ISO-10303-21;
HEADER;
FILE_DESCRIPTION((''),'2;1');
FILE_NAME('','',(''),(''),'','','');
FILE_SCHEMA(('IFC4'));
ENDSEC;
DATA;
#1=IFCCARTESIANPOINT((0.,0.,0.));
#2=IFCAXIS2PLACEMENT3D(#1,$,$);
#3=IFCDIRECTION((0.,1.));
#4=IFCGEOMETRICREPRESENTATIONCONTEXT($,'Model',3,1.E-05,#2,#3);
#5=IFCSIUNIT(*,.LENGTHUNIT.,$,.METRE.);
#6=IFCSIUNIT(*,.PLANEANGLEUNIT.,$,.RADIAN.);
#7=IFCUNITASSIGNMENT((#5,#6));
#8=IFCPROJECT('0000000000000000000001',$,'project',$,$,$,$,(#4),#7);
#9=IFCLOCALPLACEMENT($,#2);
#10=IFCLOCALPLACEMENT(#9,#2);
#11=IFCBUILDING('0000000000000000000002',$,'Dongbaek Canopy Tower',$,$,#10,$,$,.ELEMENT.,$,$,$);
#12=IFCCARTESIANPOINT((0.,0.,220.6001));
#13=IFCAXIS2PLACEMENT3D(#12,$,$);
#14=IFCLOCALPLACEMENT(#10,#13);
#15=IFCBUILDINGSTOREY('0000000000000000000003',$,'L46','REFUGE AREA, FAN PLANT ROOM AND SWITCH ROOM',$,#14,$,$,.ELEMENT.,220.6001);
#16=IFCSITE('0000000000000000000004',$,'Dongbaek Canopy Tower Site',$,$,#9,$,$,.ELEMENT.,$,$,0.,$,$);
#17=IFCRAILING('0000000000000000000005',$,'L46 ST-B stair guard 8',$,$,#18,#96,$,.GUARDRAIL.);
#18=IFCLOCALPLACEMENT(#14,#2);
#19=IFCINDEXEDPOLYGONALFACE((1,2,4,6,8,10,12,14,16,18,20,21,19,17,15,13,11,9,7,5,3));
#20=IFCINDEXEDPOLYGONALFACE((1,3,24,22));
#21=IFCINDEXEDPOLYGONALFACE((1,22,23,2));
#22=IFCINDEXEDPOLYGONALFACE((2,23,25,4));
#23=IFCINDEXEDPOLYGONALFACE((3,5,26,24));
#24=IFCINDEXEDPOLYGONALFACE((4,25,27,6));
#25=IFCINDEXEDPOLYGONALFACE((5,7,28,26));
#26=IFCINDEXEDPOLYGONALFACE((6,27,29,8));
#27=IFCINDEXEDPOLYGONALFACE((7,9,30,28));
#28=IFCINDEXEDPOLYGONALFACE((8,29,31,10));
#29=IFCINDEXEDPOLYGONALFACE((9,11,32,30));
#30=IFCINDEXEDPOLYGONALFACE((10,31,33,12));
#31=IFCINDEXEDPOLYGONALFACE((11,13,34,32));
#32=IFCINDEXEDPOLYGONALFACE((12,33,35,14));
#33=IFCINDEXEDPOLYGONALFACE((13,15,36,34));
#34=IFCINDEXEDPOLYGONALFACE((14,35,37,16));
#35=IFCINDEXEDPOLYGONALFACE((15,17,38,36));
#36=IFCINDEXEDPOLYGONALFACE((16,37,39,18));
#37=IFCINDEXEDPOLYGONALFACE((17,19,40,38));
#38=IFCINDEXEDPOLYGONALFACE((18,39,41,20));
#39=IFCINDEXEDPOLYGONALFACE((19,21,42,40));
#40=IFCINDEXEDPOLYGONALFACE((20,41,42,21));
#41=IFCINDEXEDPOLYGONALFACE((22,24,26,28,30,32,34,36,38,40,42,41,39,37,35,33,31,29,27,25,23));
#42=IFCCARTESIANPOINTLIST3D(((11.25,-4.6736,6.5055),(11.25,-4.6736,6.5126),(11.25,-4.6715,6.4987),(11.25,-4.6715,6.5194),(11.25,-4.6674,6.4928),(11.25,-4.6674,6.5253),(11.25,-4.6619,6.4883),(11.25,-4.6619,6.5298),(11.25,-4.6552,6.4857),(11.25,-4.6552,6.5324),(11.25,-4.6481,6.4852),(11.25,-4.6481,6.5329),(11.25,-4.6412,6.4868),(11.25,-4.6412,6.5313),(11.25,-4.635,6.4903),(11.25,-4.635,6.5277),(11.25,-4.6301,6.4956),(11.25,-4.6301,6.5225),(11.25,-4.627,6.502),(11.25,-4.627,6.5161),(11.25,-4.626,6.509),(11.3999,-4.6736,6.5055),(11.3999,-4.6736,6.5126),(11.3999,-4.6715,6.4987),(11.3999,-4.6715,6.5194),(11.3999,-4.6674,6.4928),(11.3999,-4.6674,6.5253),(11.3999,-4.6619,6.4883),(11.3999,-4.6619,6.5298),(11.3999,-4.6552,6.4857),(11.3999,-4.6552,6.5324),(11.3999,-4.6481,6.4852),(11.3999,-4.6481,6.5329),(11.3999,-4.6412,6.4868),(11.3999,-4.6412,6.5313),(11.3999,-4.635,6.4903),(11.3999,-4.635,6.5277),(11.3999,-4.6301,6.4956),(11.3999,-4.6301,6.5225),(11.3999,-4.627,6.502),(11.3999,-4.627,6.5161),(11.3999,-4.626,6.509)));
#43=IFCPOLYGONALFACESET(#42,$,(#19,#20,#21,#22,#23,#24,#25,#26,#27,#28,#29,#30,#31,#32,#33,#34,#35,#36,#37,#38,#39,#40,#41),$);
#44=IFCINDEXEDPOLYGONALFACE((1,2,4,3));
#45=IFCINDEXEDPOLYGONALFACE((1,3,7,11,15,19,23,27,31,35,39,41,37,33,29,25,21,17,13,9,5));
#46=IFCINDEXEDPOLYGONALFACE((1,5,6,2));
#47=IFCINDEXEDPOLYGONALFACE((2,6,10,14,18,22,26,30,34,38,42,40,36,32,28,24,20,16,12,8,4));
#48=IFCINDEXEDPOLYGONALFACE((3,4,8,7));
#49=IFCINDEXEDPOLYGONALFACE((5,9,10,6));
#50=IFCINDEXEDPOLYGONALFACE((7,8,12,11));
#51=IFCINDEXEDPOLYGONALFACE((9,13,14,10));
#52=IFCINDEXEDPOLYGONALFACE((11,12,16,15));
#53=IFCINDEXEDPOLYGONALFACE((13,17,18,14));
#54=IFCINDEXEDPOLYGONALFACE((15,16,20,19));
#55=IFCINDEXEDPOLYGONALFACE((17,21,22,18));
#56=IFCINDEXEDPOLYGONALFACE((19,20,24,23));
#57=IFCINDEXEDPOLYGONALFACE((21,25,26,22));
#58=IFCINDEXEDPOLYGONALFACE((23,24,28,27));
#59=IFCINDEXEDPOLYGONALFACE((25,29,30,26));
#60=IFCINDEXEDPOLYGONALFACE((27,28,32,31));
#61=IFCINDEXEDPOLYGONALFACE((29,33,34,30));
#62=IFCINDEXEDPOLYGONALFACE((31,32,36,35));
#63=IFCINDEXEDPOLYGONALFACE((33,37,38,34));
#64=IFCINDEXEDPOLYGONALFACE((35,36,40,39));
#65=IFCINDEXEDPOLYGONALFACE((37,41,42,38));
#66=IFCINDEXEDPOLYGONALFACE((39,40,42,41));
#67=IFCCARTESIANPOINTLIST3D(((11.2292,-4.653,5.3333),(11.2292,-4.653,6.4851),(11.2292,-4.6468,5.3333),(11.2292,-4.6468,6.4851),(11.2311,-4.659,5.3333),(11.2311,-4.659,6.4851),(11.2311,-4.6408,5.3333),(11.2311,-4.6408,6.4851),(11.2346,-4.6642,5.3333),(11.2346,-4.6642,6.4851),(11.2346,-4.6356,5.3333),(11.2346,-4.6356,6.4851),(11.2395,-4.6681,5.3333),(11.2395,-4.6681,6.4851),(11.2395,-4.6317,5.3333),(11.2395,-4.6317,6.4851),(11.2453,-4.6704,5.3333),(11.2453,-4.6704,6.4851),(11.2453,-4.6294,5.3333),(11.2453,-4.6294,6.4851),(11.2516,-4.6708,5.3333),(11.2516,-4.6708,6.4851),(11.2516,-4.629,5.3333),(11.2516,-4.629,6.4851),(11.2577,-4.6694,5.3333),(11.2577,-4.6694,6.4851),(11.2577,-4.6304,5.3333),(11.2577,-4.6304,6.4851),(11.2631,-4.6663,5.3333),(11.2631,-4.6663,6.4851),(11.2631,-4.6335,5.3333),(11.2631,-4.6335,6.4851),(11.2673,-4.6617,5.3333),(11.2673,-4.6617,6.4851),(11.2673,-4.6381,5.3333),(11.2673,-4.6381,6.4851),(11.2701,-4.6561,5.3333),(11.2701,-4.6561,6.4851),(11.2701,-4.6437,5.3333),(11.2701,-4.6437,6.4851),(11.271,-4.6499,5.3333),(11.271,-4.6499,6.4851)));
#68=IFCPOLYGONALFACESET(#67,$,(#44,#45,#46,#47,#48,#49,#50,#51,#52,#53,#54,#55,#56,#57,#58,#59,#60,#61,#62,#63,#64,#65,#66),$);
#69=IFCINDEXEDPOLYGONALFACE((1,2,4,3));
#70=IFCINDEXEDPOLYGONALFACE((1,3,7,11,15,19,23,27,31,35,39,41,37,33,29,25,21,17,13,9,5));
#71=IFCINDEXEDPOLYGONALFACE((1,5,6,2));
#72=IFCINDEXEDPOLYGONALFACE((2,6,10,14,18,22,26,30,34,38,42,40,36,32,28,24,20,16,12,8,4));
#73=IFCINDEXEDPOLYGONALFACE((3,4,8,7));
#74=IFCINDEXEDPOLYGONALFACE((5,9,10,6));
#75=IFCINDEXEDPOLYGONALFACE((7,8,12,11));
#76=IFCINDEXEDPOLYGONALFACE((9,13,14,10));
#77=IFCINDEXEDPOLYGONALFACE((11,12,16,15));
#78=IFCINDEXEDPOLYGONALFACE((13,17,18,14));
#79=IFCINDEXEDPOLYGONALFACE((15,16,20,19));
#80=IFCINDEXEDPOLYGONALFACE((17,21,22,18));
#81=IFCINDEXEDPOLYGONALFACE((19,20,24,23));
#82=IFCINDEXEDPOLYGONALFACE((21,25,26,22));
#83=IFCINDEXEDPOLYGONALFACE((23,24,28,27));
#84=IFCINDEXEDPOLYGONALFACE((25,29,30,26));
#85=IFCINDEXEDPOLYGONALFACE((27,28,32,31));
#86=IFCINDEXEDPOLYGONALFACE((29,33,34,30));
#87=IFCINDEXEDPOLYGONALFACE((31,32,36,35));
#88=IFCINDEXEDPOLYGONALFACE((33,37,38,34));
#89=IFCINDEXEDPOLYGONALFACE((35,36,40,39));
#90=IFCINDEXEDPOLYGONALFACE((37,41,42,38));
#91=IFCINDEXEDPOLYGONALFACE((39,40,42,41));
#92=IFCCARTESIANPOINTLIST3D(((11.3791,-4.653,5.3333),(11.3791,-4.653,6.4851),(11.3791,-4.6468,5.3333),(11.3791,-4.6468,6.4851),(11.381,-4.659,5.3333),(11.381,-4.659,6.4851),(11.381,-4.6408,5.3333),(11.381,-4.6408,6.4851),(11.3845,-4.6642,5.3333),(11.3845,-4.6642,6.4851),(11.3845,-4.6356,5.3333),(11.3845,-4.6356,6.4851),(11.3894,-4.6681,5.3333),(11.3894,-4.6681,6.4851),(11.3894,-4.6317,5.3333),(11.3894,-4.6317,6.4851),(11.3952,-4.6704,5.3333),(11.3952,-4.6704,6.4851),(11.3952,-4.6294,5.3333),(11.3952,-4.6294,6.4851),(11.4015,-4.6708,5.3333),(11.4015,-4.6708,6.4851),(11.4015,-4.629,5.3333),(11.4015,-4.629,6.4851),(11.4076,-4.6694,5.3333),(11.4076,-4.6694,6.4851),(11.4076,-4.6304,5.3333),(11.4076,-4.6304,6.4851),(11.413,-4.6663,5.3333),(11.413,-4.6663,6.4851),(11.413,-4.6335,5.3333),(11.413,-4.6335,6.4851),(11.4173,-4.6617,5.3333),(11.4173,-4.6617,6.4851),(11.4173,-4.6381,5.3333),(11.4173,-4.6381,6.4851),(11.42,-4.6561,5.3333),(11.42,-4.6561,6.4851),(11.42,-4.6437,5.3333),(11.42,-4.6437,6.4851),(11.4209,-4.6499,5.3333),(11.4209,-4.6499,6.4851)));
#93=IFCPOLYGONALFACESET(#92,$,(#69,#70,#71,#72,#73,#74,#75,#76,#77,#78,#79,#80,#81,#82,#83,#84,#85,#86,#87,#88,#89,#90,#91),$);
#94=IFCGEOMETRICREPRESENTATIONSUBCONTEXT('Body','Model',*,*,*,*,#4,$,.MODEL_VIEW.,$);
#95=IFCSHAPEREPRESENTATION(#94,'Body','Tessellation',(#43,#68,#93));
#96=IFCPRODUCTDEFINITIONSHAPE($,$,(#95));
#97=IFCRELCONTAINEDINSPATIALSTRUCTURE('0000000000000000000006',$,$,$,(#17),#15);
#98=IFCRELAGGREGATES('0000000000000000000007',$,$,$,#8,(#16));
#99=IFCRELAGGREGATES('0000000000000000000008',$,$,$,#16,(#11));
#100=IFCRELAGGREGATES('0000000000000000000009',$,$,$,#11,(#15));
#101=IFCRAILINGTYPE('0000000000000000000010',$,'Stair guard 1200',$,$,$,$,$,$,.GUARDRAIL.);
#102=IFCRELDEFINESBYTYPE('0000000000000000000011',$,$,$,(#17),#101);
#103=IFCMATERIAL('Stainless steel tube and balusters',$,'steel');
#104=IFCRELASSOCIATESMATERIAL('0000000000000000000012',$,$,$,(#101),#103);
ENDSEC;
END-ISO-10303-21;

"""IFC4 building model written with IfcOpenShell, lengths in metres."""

from ifc_helpers import new_model, si_unit, direction, frame, origin, origin_2d, place, context, subcontext, project, spatial, circle, extrude, material, type_object, element, save


model = new_model("IFC4")

# Units and contexts
model_context = context("Model", 3, precision=1e-05, world=origin(), true_north=direction((0.0, 1.0)))
body_context = subcontext(model_context, "Body", "Model", "MODEL_VIEW")
ifc_project = project(units=[si_unit("LENGTHUNIT", "METRE"), si_unit("PLANEANGLEUNIT", "RADIAN")], contexts=[model_context])

# Site, building, storey
site_placement = place(None, origin())
site = spatial("IfcSite", under=ifc_project, at=site_placement, Name="Dongbaek Canopy Tower Site", CompositionType="ELEMENT", RefElevation=0.0)
building_placement = place(site_placement, origin())
building = spatial("IfcBuilding", under=site, at=building_placement, Name="Dongbaek Canopy Tower", CompositionType="ELEMENT")
storey_placement = place(building_placement, frame((0.0, 0.0, 220.6001)))
storey = spatial("IfcBuildingStorey", under=building, at=storey_placement, Name="L46", Description="REFUGE AREA, FAN PLANT ROOM AND SWITCH ROOM", CompositionType="ELEMENT", Elevation=220.6001)

# Railing
ifc_material_1 = material(Name="Stainless steel tube and balusters", Category="steel")
railing_type_1 = type_object("IfcRailingType", Name="Stair guard 1200", PredefinedType="GUARDRAIL", material=ifc_material_1)
railing_1_placement = place(storey_placement, frame((11.25, -4.6499, 5.3333)))
element("IfcRailing", 1, at=railing_1_placement, inside=storey, type_object=railing_type_1, Name="L46 ST-B stair guard 8", PredefinedType="GUARDRAIL", context=body_context, shape_type="SweptSolid", body=[
    extrude(circle(Radius=0.0239, at=origin_2d()), frame((0.0, 0.0, 1.1758), z_axis=(1.0, 0.0, 0.0), x_axis=(0.0, 1.0, 0.0)), (0.0, 0.0, 1.0), 0.1499),
    extrude(circle(Radius=0.021, at=origin_2d()), origin(), (0.0, 0.0, 1.0), 1.1519),
    extrude(circle(Radius=0.021, at=origin_2d()), frame((0.1499, 0.0, 0.0)), (0.0, 0.0, 1.0), 1.1519),
])

save(model, "model.ifc")
